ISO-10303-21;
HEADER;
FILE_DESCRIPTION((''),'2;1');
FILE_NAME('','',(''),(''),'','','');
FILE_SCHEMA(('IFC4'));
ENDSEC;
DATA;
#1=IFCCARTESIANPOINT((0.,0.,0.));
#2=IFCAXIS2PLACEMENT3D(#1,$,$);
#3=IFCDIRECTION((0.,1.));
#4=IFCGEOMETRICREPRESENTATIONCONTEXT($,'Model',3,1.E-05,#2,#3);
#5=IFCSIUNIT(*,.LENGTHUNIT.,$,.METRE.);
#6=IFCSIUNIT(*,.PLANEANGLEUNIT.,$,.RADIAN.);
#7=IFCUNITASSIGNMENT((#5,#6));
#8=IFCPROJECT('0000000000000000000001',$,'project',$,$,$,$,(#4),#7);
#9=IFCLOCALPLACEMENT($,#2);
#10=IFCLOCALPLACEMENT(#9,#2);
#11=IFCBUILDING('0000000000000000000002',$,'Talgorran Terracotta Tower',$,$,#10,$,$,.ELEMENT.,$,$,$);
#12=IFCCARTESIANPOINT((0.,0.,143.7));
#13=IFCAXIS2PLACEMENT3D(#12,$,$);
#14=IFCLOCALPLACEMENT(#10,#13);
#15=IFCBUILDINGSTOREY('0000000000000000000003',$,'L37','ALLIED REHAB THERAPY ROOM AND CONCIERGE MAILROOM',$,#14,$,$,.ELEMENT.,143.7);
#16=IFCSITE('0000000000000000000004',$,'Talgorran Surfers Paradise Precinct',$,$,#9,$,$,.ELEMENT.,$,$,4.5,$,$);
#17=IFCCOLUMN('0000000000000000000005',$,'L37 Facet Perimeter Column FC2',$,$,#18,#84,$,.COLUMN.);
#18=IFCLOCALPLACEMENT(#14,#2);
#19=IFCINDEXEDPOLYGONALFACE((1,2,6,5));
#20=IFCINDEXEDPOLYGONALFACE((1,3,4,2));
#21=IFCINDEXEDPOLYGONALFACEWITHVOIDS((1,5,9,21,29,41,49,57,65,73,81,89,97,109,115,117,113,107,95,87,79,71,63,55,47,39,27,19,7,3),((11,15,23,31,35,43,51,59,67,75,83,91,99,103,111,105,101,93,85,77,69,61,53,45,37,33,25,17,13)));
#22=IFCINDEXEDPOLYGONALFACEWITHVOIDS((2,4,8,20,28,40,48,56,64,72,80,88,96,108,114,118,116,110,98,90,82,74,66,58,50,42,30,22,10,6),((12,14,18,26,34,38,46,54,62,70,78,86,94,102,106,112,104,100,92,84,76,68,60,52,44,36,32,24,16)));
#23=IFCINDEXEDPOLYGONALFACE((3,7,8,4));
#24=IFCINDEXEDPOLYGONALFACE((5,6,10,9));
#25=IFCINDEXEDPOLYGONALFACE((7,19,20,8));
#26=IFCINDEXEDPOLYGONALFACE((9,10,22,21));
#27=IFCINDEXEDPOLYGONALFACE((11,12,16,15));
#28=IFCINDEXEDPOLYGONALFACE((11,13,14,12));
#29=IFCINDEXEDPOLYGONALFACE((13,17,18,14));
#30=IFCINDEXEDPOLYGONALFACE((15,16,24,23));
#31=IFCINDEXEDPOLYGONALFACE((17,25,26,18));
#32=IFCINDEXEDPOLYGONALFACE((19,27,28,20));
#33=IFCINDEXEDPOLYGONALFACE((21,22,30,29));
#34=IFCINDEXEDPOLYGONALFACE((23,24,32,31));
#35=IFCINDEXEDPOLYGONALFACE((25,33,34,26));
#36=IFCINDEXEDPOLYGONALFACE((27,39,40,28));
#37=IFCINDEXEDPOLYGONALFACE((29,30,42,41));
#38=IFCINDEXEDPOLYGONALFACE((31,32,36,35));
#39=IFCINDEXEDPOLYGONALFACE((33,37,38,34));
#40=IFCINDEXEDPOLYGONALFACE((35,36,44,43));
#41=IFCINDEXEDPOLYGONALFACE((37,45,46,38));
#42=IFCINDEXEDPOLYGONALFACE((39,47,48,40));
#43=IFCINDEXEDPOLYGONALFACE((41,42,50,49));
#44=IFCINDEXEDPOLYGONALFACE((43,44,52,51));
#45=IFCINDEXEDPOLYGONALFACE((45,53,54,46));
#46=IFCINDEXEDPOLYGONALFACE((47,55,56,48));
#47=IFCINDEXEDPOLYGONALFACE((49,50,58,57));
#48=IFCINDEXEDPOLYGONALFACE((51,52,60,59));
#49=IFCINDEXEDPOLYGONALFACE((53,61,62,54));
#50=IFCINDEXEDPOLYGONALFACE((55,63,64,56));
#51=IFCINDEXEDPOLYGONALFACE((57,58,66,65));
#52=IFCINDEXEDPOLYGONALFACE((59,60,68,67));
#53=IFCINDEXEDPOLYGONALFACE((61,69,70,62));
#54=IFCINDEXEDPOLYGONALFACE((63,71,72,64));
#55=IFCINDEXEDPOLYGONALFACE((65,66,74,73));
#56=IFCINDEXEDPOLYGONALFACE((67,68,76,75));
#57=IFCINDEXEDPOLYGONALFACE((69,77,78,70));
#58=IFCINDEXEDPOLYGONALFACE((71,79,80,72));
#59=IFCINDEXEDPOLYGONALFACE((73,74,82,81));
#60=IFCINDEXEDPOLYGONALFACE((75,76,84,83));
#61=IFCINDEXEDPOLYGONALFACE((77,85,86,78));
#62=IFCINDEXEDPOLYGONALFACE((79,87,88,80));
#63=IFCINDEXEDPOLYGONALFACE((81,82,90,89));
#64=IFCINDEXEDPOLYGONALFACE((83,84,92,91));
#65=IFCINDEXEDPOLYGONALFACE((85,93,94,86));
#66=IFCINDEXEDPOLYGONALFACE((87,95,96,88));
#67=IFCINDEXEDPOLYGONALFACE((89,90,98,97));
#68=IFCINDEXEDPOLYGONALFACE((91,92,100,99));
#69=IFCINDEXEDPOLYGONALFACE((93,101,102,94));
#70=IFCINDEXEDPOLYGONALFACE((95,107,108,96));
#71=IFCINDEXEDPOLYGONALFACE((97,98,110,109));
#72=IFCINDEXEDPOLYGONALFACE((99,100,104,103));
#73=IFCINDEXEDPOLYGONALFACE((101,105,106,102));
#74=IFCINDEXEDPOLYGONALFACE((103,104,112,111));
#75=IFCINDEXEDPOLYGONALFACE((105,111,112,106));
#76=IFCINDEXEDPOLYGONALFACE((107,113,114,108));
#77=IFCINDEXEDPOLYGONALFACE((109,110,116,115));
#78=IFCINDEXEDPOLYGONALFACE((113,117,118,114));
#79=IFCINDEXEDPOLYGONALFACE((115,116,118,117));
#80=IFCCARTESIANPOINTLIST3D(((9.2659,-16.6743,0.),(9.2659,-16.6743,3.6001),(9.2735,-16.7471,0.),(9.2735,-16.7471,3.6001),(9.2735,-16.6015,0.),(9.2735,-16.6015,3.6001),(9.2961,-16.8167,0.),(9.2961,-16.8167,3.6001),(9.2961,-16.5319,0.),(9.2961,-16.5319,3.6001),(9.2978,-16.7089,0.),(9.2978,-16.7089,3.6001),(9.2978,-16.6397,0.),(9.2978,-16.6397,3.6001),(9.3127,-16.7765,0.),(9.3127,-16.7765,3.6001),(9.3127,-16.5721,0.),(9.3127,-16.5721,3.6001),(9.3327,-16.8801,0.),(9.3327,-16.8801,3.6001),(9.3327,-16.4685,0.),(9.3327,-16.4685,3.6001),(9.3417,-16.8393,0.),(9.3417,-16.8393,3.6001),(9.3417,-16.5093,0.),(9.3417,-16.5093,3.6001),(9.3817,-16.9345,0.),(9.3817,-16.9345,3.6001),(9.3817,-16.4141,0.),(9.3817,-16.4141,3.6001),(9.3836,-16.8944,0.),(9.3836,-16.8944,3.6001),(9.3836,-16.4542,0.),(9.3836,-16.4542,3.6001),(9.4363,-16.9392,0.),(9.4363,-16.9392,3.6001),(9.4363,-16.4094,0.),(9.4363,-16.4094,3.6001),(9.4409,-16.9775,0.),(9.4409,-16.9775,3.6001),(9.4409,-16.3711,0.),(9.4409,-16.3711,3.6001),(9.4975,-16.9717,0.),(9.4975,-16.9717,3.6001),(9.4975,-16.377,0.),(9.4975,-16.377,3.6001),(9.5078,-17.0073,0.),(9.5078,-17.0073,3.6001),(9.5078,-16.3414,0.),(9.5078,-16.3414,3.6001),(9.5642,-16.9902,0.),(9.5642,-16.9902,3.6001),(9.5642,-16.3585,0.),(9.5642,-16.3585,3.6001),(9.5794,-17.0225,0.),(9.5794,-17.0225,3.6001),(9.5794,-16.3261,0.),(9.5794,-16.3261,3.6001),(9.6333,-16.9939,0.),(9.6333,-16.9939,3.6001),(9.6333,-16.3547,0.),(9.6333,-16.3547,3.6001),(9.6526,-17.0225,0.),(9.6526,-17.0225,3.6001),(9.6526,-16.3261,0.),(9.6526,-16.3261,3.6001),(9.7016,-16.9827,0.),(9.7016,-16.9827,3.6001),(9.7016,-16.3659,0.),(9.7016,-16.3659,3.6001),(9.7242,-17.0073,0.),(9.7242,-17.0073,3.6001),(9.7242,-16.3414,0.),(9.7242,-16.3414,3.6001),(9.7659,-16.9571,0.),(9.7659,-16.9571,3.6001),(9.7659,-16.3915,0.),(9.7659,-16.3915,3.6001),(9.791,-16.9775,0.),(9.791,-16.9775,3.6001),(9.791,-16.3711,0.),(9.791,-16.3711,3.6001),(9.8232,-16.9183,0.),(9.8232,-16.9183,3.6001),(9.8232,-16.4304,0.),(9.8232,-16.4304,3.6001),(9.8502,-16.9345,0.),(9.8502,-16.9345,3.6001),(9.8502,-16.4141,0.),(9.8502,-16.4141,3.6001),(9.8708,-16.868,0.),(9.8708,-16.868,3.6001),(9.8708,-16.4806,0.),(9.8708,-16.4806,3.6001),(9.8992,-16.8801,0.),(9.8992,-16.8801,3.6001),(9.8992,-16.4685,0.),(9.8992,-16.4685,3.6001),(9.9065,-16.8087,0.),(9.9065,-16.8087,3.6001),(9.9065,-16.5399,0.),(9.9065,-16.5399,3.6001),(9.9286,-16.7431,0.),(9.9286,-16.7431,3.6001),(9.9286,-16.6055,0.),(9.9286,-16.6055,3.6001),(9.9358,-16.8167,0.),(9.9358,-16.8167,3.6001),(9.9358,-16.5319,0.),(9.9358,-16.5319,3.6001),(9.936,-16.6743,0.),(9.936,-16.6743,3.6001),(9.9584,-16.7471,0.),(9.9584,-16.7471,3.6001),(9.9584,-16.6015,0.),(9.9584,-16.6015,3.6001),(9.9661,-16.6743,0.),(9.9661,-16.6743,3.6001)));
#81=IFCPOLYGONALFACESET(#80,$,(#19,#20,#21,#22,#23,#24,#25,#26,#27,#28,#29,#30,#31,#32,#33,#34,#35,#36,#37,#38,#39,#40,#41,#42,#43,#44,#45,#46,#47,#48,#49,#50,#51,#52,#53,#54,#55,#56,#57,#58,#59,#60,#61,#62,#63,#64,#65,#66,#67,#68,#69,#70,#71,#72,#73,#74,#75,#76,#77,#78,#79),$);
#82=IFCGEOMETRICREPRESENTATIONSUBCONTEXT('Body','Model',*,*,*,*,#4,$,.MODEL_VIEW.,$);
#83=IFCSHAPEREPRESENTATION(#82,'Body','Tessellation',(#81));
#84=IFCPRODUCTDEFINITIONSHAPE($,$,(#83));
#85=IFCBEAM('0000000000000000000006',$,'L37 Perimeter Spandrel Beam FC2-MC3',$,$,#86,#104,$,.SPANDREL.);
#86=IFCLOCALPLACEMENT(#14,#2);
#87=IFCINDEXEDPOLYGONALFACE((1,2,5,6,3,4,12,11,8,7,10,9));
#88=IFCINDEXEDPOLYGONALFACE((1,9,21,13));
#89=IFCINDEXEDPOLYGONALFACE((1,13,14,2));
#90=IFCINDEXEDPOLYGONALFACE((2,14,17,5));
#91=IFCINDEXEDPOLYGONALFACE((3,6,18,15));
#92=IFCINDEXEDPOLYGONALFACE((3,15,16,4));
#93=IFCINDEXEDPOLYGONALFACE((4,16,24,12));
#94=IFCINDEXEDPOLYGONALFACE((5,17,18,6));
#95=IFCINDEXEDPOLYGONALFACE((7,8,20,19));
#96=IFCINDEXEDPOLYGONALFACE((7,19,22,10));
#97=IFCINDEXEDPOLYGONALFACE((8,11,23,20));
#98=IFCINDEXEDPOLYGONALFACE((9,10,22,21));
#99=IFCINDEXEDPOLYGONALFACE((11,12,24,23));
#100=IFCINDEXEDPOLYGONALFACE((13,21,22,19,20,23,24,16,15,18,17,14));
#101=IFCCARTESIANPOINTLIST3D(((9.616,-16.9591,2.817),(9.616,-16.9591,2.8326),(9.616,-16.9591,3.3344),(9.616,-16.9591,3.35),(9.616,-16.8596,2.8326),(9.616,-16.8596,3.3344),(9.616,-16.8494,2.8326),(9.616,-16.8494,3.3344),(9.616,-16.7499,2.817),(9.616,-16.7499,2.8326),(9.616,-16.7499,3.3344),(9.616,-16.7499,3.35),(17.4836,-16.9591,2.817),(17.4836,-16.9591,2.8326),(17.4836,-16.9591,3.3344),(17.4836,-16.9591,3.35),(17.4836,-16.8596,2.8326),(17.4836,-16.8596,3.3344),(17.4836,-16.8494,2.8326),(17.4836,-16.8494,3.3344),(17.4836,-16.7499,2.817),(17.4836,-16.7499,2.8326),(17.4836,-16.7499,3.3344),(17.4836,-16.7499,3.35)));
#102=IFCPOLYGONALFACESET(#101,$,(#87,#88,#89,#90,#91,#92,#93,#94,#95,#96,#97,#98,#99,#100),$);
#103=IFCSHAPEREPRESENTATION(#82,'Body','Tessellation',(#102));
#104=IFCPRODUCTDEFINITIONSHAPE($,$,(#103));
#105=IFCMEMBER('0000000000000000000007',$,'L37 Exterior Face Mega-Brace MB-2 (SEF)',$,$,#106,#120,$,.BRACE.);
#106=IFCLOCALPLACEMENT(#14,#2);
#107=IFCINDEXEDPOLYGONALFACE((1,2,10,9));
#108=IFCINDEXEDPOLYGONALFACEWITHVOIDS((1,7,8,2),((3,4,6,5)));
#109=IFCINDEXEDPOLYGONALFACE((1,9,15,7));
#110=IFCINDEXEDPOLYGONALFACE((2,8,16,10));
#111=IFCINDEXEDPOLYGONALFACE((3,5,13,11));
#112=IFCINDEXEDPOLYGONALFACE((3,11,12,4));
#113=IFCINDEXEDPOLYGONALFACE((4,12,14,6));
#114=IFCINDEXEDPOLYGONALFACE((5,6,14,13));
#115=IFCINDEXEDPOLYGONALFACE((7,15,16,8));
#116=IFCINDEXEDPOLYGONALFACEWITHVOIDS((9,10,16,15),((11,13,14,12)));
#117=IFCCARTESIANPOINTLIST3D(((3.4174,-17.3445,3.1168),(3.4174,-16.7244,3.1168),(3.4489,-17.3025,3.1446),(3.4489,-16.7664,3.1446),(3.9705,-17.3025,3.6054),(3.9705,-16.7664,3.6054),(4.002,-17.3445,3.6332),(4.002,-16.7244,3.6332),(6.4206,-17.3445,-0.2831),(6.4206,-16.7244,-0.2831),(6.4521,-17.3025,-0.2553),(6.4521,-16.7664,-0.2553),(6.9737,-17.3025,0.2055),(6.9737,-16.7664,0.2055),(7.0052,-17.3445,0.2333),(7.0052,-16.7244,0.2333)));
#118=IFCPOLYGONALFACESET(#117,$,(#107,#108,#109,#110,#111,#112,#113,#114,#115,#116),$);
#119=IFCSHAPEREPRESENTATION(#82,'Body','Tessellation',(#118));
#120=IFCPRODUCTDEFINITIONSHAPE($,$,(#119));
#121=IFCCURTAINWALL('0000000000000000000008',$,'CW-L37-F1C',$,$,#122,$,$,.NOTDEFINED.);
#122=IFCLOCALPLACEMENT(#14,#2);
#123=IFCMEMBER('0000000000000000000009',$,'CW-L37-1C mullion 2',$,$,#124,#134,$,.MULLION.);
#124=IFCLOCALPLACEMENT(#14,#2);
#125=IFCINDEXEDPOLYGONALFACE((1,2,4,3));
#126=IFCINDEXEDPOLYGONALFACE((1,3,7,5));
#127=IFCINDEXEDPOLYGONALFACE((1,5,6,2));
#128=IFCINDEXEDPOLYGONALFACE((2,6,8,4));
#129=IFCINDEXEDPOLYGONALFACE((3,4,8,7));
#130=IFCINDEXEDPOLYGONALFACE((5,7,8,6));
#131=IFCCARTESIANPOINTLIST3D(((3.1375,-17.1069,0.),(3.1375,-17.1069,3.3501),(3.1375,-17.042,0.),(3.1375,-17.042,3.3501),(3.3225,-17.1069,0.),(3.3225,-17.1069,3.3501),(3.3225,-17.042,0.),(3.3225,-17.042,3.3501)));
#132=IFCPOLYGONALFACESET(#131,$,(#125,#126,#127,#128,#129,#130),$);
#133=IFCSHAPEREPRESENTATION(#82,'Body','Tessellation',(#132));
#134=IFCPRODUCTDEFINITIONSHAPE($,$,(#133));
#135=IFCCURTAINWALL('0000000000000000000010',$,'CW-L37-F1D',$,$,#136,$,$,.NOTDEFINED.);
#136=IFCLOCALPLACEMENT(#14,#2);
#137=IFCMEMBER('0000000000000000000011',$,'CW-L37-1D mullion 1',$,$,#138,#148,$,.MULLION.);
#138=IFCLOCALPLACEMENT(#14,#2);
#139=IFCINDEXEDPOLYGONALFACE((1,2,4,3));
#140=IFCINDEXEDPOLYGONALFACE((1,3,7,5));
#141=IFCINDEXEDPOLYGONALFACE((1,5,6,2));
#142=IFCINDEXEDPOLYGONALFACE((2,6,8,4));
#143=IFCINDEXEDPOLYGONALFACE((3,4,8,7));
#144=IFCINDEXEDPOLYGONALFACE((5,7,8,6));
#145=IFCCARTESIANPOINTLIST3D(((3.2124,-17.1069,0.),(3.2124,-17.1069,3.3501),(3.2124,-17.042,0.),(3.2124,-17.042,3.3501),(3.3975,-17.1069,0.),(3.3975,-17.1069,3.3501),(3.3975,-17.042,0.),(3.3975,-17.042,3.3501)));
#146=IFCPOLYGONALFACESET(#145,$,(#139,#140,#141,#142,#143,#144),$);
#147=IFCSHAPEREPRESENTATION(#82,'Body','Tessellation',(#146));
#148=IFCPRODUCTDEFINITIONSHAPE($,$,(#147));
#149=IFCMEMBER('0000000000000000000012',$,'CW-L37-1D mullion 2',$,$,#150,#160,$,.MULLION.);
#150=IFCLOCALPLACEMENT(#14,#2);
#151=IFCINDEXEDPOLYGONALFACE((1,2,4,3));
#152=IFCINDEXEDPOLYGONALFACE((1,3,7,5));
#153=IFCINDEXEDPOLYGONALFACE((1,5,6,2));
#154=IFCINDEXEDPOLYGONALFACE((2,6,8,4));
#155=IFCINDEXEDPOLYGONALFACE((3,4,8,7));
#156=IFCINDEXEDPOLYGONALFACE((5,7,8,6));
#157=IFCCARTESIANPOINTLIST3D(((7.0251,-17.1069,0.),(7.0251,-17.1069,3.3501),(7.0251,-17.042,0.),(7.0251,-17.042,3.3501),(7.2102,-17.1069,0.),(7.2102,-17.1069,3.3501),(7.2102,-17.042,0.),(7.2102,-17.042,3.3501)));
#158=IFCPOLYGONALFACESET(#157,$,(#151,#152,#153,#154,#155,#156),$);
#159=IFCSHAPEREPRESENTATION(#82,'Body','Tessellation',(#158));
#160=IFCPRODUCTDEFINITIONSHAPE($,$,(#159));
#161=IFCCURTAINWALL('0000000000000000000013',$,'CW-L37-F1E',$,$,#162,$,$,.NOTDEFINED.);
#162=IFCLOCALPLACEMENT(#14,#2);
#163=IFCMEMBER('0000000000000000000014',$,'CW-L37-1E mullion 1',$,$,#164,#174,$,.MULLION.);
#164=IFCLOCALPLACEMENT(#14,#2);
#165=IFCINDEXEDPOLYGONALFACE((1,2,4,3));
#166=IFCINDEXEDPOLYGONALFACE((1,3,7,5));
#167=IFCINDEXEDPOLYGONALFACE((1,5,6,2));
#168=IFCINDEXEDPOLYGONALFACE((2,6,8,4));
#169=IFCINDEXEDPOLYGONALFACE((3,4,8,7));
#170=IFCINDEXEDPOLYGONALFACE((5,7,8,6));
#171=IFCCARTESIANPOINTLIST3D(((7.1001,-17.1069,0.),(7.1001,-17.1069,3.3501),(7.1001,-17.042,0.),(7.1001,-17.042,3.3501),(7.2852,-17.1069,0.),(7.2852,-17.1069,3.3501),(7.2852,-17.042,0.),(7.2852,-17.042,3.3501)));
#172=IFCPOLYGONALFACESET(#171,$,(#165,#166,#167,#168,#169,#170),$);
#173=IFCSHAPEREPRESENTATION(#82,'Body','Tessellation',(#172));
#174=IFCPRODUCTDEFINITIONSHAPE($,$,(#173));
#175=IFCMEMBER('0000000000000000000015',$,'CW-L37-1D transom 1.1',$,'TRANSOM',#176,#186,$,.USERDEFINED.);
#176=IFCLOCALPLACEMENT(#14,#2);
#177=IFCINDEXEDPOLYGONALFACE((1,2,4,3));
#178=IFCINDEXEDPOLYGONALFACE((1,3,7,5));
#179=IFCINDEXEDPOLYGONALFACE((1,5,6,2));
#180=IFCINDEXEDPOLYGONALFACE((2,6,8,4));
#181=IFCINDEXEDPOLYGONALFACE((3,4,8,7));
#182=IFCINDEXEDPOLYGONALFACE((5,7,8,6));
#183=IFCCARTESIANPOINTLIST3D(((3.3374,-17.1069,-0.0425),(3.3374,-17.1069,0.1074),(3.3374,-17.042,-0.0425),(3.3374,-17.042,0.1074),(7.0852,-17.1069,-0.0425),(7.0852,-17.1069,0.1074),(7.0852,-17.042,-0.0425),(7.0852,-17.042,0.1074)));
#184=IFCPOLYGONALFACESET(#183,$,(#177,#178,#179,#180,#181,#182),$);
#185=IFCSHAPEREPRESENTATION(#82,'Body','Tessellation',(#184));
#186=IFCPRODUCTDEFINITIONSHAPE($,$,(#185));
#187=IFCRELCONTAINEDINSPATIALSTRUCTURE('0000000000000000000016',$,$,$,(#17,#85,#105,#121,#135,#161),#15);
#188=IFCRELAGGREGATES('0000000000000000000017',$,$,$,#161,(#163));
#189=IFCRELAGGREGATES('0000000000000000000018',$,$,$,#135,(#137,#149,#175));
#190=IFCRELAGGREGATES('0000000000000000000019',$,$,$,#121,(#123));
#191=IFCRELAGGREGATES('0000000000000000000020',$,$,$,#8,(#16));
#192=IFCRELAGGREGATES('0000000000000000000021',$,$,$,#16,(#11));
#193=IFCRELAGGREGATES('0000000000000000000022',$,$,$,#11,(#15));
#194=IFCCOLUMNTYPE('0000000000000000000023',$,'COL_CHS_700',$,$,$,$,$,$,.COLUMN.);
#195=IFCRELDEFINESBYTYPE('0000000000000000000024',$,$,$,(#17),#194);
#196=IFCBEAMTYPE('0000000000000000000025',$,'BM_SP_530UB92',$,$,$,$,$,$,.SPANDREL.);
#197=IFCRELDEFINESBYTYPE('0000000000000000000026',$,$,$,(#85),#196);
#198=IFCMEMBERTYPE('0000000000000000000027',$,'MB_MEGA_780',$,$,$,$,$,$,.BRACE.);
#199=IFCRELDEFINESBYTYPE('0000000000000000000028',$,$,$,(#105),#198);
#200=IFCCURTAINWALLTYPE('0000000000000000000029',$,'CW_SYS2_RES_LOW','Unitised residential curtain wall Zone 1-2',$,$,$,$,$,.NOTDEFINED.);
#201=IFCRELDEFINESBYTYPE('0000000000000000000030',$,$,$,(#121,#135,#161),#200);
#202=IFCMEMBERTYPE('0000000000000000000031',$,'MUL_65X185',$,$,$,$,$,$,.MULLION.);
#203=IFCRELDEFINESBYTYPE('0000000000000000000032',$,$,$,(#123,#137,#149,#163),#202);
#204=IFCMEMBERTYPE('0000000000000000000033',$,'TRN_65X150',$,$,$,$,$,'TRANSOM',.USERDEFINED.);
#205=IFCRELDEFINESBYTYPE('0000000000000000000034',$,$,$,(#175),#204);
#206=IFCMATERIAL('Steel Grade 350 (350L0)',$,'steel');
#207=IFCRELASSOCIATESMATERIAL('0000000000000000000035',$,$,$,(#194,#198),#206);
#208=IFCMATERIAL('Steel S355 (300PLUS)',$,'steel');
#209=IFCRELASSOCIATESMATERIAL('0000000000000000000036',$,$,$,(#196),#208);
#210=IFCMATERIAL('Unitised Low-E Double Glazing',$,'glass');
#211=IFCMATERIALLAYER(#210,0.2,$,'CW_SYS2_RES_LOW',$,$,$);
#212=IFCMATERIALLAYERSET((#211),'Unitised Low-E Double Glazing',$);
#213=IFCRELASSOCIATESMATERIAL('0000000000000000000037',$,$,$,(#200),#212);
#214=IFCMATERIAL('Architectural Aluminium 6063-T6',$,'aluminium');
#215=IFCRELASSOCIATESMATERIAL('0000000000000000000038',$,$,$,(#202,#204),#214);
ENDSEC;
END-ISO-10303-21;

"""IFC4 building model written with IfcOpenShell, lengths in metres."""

from ifc_helpers import new_model, si_unit, direction, frame, origin, origin_2d, place, context, subcontext, project, spatial, rectangle, hollow_rectangle, hollow_circle, i_section, extrude, material, layer, layer_set, material_profile, profile_set, type_object, element, aggregate, save


model = new_model("IFC4")

# Units and contexts
model_context = context("Model", 3, precision=1e-05, world=origin(), true_north=direction((0.0, 1.0)))
body_context = subcontext(model_context, "Body", "Model", "MODEL_VIEW")
ifc_project = project(units=[si_unit("LENGTHUNIT", "METRE"), si_unit("PLANEANGLEUNIT", "RADIAN")], contexts=[model_context])

# Site, building, storey
site_placement = place(None, origin())
site = spatial("IfcSite", under=ifc_project, at=site_placement, Name="Talgorran Surfers Paradise Precinct", CompositionType="ELEMENT", RefElevation=4.5)
building_placement = place(site_placement, origin())
building = spatial("IfcBuilding", under=site, at=building_placement, Name="Talgorran Terracotta Tower", CompositionType="ELEMENT")
storey_placement = place(building_placement, frame((0.0, 0.0, 143.7)))
storey = spatial("IfcBuildingStorey", under=building, at=storey_placement, Name="L37", Description="ALLIED REHAB THERAPY ROOM AND CONCIERGE MAILROOM", CompositionType="ELEMENT", Elevation=143.7)

# Column
ifc_material_1 = material(Name="Steel Grade 350 (350L0)", Category="steel")
ifc_material_profile_1 = material_profile(ifc_material_1, hollow_circle(Radius=0.3501, WallThickness=0.03, at=origin_2d()), Name="CHS700X30")
ifc_profile_set_1 = profile_set([ifc_material_profile_1], Name="Steel Grade 350 (350L0)")
column_type = type_object("IfcColumnType", Name="COL_CHS_700", PredefinedType="COLUMN", material=ifc_profile_set_1)
column_placement = place(storey_placement, frame((9.616, -16.6743, 0.0), z_axis=(0.0, 0.0, 1.0), x_axis=(1.0, 0.0, 0.0)))
element("IfcColumn", 1, at=column_placement, inside=storey, type_object=column_type, Name="L37 Facet Perimeter Column FC2", PredefinedType="COLUMN", context=body_context, shape_type="SweptSolid", body=[
    extrude(hollow_circle(Radius=0.3501, WallThickness=0.03, at=origin_2d()), origin(), (0.0, 0.0, 1.0), 3.6001),
])

# Beam
ifc_material_2 = material(Name="Steel S355 (300PLUS)", Category="steel")
ifc_material_profile_2 = material_profile(ifc_material_2, i_section(OverallWidth=0.2092, OverallDepth=0.533, WebThickness=0.0103, FlangeThickness=0.0156, at=origin_2d()), Name="530UB92.4")
ifc_profile_set_2 = profile_set([ifc_material_profile_2], Name="Steel S355 (300PLUS)")
beam_type = type_object("IfcBeamType", Name="BM_SP_530UB92", PredefinedType="SPANDREL", material=ifc_profile_set_2)
beam_placement = place(storey_placement, frame((9.616, -16.8545, 3.0835), z_axis=(1.0, 0.0, 0.0), x_axis=(0.0, 1.0, 0.0)))
element("IfcBeam", 2, at=beam_placement, inside=storey, type_object=beam_type, Name="L37 Perimeter Spandrel Beam FC2-MC3", PredefinedType="SPANDREL", context=body_context, shape_type="SweptSolid", body=[
    extrude(i_section(OverallWidth=0.2092, OverallDepth=0.533, WebThickness=0.0103, FlangeThickness=0.0156, at=origin_2d()), origin(), (0.0, 0.0, 1.0), 7.8677),
])

# Member
ifc_material_profile_3 = material_profile(ifc_material_1, hollow_rectangle(XDim=0.6201, YDim=0.78, WallThickness=0.042, at=origin_2d()), Name="WBOX780X620X42")
ifc_profile_set_3 = profile_set([ifc_material_profile_3], Name="Steel Grade 350 (350L0)")
member_type_1 = type_object("IfcMemberType", Name="MB_MEGA_780", PredefinedType="BRACE", material=ifc_profile_set_3)
member_1_placement = place(storey_placement, frame((6.7129, -17.0344, -0.0249), z_axis=(-0.662026, 0.0, 0.749481), x_axis=(0.0, -1.0, 0.0)))
element("IfcMember", 3, at=member_1_placement, inside=storey, type_object=member_type_1, Name="L37 Exterior Face Mega-Brace MB-2 (SEF)", PredefinedType="BRACE", context=body_context, shape_type="SweptSolid", body=[
    extrude(hollow_rectangle(XDim=0.6201, YDim=0.78, WallThickness=0.042, at=origin_2d()), origin(), (0.0, 0.0, 1.0), 4.5364),
])

# Curtain wall, member
ifc_material_3 = material(Name="Unitised Low-E Double Glazing", Category="glass")
ifc_layer_1 = layer(ifc_material_3, 0.2, Name="CW_SYS2_RES_LOW")
ifc_layer_set_1 = layer_set([ifc_layer_1], Name="Unitised Low-E Double Glazing")
curtain_wall_type = type_object("IfcCurtainWallType", Name="CW_SYS2_RES_LOW", Description="Unitised residential curtain wall Zone 1-2", PredefinedType="NOTDEFINED", material=ifc_layer_set_1)
curtain_wall_1_placement = place(storey_placement, origin())
curtain_wall_1 = element("IfcCurtainWall", 4, at=curtain_wall_1_placement, inside=storey, type_object=curtain_wall_type, Name="CW-L37-F1C", PredefinedType="NOTDEFINED")
ifc_material_4 = material(Name="Architectural Aluminium 6063-T6", Category="aluminium")
ifc_material_profile_4 = material_profile(ifc_material_4, rectangle(XDim=0.0649, YDim=0.1851, at=origin_2d()), Name="CWM65X185")
ifc_profile_set_4 = profile_set([ifc_material_profile_4], Name="Architectural Aluminium 6063-T6")
member_type_2 = type_object("IfcMemberType", Name="MUL_65X185", PredefinedType="MULLION", material=ifc_profile_set_4)
member_2_placement = place(storey_placement, frame((3.23, -17.0745, 0.0), z_axis=(0.0, 0.0, 1.0), x_axis=(0.0, 1.0, 0.0)))
member_2 = element("IfcMember", 5, at=member_2_placement, type_object=member_type_2, Name="CW-L37-1C mullion 2", PredefinedType="MULLION", context=body_context, shape_type="SweptSolid", body=[
    extrude(rectangle(XDim=0.0649, YDim=0.1851, at=origin_2d()), origin(), (0.0, 0.0, 1.0), 3.3501),
])

# Curtain wall, members
curtain_wall_2_placement = place(storey_placement, origin())
curtain_wall_2 = element("IfcCurtainWall", 6, at=curtain_wall_2_placement, inside=storey, type_object=curtain_wall_type, Name="CW-L37-F1D", PredefinedType="NOTDEFINED")
member_3_placement = place(storey_placement, frame((3.3049, -17.0745, 0.0), z_axis=(0.0, 0.0, 1.0), x_axis=(0.0, 1.0, 0.0)))
member_3 = element("IfcMember", 7, at=member_3_placement, type_object=member_type_2, Name="CW-L37-1D mullion 1", PredefinedType="MULLION", context=body_context, shape_type="SweptSolid", body=[
    extrude(rectangle(XDim=0.0649, YDim=0.1851, at=origin_2d()), origin(), (0.0, 0.0, 1.0), 3.3501),
])
member_4_placement = place(storey_placement, frame((7.1177, -17.0745, 0.0), z_axis=(0.0, 0.0, 1.0), x_axis=(0.0, 1.0, 0.0)))
member_4 = element("IfcMember", 8, at=member_4_placement, type_object=member_type_2, Name="CW-L37-1D mullion 2", PredefinedType="MULLION", context=body_context, shape_type="SweptSolid", body=[
    extrude(rectangle(XDim=0.0649, YDim=0.1851, at=origin_2d()), origin(), (0.0, 0.0, 1.0), 3.3501),
])

# Curtain wall, member
curtain_wall_3_placement = place(storey_placement, origin())
curtain_wall_3 = element("IfcCurtainWall", 9, at=curtain_wall_3_placement, inside=storey, type_object=curtain_wall_type, Name="CW-L37-F1E", PredefinedType="NOTDEFINED")
member_5_placement = place(storey_placement, frame((7.1926, -17.0745, 0.0), z_axis=(0.0, 0.0, 1.0), x_axis=(0.0, 1.0, 0.0)))
member_5 = element("IfcMember", 10, at=member_5_placement, type_object=member_type_2, Name="CW-L37-1E mullion 1", PredefinedType="MULLION", context=body_context, shape_type="SweptSolid", body=[
    extrude(rectangle(XDim=0.0649, YDim=0.1851, at=origin_2d()), origin(), (0.0, 0.0, 1.0), 3.3501),
])

# Member
ifc_material_profile_5 = material_profile(ifc_material_4, rectangle(XDim=0.0649, YDim=0.1499, at=origin_2d()), Name="CWT65X150")
ifc_profile_set_5 = profile_set([ifc_material_profile_5], Name="Architectural Aluminium 6063-T6")
member_type_3 = type_object("IfcMemberType", Name="TRN_65X150", ElementType="TRANSOM", PredefinedType="USERDEFINED", material=ifc_profile_set_5)
member_6_placement = place(storey_placement, frame((3.3374, -17.0745, 0.0325), z_axis=(1.0, 0.0, 0.0), x_axis=(0.0, 1.0, 0.0)))
member_6 = element("IfcMember", 11, at=member_6_placement, type_object=member_type_3, Name="CW-L37-1D transom 1.1", ObjectType="TRANSOM", PredefinedType="USERDEFINED", context=body_context, shape_type="SweptSolid", body=[
    extrude(rectangle(XDim=0.0649, YDim=0.1499, at=origin_2d()), origin(), (0.0, 0.0, 1.0), 3.7478),
])
aggregate(curtain_wall_3, [member_5])

aggregate(curtain_wall_2, [member_3, member_4, member_6])
aggregate(curtain_wall_1, [member_2])

save(model, "model.ifc")
